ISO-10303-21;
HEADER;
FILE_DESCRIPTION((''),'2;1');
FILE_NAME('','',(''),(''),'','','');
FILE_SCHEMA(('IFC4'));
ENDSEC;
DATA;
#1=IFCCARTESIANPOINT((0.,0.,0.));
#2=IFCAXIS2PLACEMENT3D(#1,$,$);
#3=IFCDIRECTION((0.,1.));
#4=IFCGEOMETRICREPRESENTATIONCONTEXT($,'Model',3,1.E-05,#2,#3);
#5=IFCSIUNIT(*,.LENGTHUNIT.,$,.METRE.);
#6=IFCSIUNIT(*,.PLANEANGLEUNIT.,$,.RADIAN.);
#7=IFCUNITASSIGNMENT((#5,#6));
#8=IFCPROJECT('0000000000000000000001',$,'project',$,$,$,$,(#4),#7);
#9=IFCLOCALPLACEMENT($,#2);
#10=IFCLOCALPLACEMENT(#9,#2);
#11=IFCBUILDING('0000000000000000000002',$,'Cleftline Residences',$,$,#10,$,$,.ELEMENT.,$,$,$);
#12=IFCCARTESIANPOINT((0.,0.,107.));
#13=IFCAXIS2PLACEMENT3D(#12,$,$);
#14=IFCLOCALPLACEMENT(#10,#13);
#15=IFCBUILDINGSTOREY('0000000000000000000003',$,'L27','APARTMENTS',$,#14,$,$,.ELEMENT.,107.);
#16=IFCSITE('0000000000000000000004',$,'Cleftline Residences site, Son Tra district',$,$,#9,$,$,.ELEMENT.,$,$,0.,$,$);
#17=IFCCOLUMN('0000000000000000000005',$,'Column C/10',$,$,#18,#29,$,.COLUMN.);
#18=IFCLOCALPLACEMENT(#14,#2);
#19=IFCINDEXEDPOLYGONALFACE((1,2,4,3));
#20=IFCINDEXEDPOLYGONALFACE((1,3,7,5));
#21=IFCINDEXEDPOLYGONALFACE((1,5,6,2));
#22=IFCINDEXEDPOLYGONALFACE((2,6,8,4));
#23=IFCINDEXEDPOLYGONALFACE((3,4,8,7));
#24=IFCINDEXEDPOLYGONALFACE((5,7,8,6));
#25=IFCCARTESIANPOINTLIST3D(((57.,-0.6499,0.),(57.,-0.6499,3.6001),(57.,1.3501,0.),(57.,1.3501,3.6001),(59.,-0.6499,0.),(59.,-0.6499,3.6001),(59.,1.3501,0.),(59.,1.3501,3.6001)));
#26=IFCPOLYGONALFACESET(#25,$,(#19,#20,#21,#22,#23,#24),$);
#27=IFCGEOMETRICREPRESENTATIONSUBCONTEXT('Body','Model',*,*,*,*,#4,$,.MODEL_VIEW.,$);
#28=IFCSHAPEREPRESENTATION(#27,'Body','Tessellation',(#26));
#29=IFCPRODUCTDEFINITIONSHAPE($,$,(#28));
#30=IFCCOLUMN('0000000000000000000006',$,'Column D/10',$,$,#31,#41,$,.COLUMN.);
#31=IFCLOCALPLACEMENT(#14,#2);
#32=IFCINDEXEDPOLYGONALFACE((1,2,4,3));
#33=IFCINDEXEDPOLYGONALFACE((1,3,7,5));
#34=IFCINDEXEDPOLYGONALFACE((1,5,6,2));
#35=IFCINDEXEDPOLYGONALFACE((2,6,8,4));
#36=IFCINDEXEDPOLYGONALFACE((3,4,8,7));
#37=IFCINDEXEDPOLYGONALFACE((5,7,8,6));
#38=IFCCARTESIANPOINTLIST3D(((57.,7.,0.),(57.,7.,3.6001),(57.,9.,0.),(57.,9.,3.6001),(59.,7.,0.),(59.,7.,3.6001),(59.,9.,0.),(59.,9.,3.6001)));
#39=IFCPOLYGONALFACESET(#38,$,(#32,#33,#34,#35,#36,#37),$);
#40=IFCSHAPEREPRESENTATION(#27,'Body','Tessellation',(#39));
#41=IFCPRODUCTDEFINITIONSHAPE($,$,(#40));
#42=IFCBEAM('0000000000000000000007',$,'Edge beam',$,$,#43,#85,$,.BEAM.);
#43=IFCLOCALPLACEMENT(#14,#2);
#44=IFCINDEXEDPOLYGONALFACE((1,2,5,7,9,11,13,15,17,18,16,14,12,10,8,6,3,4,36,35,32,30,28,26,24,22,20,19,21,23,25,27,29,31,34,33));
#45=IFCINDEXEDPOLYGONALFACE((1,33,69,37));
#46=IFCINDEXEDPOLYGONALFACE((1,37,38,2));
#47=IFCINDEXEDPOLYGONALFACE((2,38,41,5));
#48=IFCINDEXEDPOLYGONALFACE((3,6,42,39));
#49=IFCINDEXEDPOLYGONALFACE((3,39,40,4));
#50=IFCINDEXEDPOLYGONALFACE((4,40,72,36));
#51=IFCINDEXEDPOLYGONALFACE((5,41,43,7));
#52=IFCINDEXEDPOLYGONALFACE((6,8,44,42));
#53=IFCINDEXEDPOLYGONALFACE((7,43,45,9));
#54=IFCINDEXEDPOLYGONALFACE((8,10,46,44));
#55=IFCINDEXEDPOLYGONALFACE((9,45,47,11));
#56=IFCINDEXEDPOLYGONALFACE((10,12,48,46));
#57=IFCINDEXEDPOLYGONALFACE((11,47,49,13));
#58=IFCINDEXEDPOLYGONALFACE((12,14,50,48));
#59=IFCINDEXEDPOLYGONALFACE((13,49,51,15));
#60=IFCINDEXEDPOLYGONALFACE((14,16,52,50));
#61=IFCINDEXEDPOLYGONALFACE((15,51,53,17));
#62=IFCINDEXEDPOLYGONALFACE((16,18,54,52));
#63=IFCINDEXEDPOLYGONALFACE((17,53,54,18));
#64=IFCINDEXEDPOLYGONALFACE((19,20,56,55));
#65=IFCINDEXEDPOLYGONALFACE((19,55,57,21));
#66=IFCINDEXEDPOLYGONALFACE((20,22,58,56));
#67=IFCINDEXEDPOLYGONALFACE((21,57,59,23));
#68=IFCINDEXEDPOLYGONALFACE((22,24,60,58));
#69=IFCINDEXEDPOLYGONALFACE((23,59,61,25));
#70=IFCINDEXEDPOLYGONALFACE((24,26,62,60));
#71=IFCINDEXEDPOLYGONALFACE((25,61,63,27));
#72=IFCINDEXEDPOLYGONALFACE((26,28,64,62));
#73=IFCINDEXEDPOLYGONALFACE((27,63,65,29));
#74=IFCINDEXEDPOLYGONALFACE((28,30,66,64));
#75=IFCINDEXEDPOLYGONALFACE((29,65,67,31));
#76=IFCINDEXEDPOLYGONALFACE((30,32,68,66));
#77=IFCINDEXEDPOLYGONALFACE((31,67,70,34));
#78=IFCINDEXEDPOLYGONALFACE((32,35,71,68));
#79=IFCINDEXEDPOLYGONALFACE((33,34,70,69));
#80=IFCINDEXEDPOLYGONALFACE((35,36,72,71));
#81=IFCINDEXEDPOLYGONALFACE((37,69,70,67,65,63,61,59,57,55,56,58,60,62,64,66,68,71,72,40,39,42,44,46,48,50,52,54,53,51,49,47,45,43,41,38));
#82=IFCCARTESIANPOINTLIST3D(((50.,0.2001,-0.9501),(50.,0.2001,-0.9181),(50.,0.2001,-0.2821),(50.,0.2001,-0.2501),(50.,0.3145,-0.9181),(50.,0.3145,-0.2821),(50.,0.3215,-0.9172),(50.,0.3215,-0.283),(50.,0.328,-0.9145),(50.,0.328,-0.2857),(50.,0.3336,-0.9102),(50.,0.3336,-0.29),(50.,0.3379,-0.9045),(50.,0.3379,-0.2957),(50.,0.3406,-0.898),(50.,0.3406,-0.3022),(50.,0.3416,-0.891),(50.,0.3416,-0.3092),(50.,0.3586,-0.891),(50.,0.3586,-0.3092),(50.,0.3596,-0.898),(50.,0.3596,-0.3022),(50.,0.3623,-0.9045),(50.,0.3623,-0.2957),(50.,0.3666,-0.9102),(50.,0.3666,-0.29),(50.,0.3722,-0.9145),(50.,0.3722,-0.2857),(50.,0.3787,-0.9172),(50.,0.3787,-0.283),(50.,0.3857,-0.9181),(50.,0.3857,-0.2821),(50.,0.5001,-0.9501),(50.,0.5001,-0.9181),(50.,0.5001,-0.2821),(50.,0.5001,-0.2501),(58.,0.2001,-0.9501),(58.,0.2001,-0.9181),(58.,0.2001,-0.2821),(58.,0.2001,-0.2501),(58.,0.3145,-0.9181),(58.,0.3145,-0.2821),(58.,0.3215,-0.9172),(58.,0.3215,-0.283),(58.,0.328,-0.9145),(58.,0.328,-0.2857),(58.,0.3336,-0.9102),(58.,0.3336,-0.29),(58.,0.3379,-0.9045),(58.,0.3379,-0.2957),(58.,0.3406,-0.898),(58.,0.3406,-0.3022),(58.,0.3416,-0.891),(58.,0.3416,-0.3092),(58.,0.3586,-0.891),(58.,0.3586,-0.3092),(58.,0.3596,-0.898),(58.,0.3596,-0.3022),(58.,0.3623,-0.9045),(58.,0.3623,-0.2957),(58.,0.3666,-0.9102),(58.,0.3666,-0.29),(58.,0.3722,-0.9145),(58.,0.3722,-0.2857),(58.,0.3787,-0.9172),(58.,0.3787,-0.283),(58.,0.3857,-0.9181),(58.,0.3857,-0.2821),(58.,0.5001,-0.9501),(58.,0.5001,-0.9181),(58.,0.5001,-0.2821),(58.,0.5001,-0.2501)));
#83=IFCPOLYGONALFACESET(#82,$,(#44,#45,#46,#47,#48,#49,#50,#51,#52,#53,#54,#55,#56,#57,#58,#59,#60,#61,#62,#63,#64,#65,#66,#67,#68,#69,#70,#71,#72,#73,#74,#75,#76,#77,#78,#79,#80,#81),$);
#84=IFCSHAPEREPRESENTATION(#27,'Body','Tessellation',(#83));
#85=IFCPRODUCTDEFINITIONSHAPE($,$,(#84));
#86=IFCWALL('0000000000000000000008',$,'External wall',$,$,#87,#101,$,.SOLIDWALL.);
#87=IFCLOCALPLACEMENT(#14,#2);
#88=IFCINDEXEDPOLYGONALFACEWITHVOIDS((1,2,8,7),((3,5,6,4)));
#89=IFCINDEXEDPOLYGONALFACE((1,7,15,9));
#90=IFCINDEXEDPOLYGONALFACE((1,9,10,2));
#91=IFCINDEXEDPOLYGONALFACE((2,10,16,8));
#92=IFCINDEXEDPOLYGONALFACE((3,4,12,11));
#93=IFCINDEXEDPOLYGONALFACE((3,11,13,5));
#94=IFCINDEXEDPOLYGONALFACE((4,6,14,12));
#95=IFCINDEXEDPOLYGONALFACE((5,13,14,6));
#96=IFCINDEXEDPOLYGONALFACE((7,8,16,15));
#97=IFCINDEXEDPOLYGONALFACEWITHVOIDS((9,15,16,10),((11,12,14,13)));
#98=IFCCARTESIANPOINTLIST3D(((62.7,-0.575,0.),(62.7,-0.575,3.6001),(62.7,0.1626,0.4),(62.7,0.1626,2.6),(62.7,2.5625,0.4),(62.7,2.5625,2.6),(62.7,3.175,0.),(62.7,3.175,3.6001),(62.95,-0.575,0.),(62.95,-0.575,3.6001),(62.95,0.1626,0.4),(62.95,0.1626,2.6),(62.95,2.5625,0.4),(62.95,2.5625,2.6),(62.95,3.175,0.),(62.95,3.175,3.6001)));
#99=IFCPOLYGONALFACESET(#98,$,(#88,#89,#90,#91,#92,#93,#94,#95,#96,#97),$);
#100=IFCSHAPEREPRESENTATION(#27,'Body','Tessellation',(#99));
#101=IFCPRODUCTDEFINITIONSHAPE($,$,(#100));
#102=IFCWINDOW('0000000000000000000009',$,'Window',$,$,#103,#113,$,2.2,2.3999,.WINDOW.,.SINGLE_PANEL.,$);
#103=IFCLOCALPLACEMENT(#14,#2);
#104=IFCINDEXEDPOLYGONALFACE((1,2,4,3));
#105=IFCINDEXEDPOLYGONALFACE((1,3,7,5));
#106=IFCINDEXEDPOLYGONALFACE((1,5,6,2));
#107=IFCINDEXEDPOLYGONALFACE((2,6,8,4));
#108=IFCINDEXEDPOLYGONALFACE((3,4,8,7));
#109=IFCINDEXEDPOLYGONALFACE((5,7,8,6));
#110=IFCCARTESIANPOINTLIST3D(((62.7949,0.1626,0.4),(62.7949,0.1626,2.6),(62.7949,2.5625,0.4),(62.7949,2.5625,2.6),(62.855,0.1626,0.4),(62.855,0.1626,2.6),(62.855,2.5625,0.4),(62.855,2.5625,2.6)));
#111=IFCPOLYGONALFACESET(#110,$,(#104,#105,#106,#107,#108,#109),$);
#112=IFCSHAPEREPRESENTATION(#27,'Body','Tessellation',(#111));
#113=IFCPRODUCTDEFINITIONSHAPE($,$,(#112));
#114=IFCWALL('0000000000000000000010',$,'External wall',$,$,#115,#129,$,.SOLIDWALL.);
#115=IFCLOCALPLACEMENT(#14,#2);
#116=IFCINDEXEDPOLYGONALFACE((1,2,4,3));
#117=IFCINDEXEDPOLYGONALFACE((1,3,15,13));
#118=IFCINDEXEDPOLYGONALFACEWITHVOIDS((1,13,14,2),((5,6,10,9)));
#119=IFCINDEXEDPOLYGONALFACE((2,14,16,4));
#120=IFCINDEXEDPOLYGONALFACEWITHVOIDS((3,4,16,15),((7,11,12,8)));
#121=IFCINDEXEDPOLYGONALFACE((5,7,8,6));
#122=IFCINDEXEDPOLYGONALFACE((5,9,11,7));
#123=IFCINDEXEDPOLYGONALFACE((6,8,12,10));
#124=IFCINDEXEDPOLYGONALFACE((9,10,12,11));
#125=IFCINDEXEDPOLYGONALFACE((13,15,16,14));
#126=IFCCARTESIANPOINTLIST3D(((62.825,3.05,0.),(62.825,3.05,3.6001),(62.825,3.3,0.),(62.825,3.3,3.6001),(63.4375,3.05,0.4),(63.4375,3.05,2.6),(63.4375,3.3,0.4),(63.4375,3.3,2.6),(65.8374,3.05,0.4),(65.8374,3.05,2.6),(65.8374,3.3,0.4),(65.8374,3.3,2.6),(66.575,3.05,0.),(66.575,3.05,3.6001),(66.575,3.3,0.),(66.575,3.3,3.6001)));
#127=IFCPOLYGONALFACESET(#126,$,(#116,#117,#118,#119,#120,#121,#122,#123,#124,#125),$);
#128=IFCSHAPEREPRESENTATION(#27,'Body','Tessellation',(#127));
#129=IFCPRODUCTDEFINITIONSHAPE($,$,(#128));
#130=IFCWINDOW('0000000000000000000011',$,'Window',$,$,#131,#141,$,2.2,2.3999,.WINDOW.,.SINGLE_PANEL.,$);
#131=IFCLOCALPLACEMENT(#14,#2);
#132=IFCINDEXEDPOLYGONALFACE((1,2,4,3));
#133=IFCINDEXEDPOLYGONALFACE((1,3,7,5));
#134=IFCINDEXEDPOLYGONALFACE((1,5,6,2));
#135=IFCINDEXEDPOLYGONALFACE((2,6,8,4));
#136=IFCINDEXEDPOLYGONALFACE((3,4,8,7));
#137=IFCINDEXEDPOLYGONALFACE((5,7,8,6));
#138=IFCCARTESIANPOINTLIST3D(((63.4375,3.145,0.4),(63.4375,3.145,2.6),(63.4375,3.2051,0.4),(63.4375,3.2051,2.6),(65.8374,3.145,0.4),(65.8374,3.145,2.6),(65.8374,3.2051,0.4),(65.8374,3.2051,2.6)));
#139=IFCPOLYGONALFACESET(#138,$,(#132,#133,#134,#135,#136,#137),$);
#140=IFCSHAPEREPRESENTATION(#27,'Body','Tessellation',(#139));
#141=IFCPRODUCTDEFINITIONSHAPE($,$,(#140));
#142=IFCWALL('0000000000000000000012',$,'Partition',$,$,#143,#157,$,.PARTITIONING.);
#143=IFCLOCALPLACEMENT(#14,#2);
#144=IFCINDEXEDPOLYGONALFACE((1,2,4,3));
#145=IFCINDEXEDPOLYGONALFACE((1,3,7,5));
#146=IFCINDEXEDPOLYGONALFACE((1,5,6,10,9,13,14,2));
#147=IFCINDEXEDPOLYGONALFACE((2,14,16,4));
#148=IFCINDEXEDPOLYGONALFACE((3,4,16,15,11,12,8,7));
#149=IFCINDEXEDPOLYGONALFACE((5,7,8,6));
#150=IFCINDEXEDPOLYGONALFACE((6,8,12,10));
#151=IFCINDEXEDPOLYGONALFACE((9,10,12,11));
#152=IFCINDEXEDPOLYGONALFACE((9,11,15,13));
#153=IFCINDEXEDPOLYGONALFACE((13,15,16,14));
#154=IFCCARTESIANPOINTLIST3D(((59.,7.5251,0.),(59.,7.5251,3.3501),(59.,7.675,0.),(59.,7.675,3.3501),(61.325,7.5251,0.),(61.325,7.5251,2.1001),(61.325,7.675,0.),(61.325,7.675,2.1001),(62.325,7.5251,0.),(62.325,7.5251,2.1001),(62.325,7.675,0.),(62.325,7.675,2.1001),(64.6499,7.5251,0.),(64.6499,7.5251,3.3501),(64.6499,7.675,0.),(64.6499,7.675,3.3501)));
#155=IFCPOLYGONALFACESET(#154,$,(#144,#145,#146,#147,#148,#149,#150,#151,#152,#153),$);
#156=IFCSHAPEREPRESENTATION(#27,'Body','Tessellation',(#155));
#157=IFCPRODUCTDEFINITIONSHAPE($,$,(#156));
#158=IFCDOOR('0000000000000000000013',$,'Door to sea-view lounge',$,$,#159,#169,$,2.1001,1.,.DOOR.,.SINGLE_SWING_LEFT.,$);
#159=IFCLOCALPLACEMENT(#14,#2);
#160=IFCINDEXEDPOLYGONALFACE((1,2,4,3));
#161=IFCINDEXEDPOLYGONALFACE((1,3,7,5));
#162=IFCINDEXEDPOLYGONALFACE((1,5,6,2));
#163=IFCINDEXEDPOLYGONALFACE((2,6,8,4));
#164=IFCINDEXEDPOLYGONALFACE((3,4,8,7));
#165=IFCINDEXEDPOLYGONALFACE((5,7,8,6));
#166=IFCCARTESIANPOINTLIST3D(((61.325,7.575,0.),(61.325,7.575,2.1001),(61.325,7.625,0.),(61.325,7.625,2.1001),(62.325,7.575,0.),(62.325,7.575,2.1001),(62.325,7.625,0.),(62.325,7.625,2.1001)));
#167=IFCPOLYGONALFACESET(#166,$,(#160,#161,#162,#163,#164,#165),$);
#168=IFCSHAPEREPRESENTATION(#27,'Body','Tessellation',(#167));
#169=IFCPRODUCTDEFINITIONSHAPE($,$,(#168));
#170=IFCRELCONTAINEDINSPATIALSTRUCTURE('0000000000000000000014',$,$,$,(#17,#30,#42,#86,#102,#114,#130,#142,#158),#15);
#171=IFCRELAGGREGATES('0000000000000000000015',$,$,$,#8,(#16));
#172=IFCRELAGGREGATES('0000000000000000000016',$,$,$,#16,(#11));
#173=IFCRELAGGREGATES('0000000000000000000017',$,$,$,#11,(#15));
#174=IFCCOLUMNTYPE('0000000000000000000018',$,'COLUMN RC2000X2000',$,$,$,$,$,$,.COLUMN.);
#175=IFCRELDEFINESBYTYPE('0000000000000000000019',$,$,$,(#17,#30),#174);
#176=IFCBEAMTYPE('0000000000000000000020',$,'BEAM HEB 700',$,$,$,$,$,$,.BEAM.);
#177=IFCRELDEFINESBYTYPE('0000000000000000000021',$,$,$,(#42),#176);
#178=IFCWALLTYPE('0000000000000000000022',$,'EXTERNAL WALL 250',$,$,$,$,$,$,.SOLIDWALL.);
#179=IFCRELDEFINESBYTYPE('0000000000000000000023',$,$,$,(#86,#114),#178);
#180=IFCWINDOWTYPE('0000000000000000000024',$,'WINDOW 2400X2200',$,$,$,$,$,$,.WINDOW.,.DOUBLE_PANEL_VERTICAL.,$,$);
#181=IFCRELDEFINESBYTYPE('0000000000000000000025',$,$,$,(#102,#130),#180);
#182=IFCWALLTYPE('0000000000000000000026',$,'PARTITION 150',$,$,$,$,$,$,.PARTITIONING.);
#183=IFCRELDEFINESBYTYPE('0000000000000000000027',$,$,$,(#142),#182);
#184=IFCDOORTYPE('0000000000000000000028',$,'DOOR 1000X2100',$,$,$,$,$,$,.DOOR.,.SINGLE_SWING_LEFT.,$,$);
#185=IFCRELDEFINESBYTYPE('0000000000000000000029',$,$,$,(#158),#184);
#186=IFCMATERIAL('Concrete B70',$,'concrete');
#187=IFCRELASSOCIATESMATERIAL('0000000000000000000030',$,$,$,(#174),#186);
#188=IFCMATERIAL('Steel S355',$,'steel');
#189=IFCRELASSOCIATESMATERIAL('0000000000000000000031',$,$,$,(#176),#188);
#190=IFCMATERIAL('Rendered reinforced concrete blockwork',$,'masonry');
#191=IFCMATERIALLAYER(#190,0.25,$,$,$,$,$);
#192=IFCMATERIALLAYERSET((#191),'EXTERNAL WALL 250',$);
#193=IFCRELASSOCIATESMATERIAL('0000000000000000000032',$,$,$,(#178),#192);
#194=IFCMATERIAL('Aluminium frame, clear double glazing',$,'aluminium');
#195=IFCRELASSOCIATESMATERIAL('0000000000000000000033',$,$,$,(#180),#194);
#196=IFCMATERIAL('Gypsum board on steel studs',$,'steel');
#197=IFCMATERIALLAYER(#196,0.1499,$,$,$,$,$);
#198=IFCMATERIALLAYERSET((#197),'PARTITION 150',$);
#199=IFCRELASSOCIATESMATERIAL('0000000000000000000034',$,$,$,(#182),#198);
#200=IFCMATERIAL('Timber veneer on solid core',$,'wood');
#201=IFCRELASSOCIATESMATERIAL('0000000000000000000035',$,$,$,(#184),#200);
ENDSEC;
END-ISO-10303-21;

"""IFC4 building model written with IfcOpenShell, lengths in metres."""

from ifc_helpers import new_model, si_unit, direction, frame, frame_2d, origin, origin_2d, place, context, subcontext, project, spatial, rectangle, i_section, extrude, material, layer, layer_set, material_profile, profile_set, type_object, element, fill, save


model = new_model("IFC4")

# Units and contexts
model_context = context("Model", 3, precision=1e-05, world=origin(), true_north=direction((0.0, 1.0)))
body_context = subcontext(model_context, "Body", "Model", "MODEL_VIEW")
ifc_project = project(units=[si_unit("LENGTHUNIT", "METRE"), si_unit("PLANEANGLEUNIT", "RADIAN")], contexts=[model_context])

# Site, building, storey
site_placement = place(None, origin())
site = spatial("IfcSite", under=ifc_project, at=site_placement, Name="Cleftline Residences site, Son Tra district", CompositionType="ELEMENT", RefElevation=0.0)
building_placement = place(site_placement, origin())
building = spatial("IfcBuilding", under=site, at=building_placement, Name="Cleftline Residences", CompositionType="ELEMENT")
storey_placement = place(building_placement, frame((0.0, 0.0, 107.0)))
storey = spatial("IfcBuildingStorey", under=building, at=storey_placement, Name="L27", Description="APARTMENTS", CompositionType="ELEMENT", Elevation=107.0)

# Columns
ifc_material_1 = material(Name="Concrete B70", Category="concrete")
ifc_material_profile_1 = material_profile(ifc_material_1, rectangle(XDim=2.0, YDim=2.0, at=origin_2d()))
ifc_profile_set_1 = profile_set([ifc_material_profile_1], Name="Concrete B70")
column_type = type_object("IfcColumnType", Name="COLUMN RC2000X2000", PredefinedType="COLUMN", material=ifc_profile_set_1)
for number, where, z_axis, x_axis, name in (
    (1, (58.0, 0.3501, 0.0), (0.0, 0.0, 1.0), (1.0, 0.0, 0.0), "Column C/10"),
    (2, (58.0, 8.0, 0.0), (0.0, 0.0, 1.0), (1.0, 0.0, 0.0), "Column D/10"),
):
    element("IfcColumn", number, at=place(storey_placement, frame(where, z_axis=z_axis, x_axis=x_axis)), inside=storey, type_object=column_type, Name=name, PredefinedType="COLUMN", context=body_context, shape_type="SweptSolid", body=[
        extrude(rectangle(XDim=2.0, YDim=2.0, at=origin_2d()), origin(), (0.0, 0.0, 1.0), 3.6001),
    ])

# Beam
ifc_material_2 = material(Name="Steel S355", Category="steel")
ifc_material_profile_2 = material_profile(ifc_material_2, i_section(OverallWidth=0.3, OverallDepth=0.7, WebThickness=0.0171, FlangeThickness=0.032, FilletRadius=0.0271, at=origin_2d()))
ifc_profile_set_2 = profile_set([ifc_material_profile_2], Name="Steel S355")
beam_type = type_object("IfcBeamType", Name="BEAM HEB 700", PredefinedType="BEAM", material=ifc_profile_set_2)
beam_placement = place(storey_placement, frame((58.0, 0.3501, -0.6001), z_axis=(-1.0, 0.0, 0.0), x_axis=(0.0, -1.0, 0.0)))
element("IfcBeam", 3, at=beam_placement, inside=storey, type_object=beam_type, Name="Edge beam", PredefinedType="BEAM", context=body_context, shape_type="SweptSolid", body=[
    extrude(i_section(OverallWidth=0.3, OverallDepth=0.7, WebThickness=0.0171, FlangeThickness=0.032, FilletRadius=0.0271, at=origin_2d()), origin(), (0.0, 0.0, 1.0), 8.0),
])

# Walls, openings, windows
ifc_material_3 = material(Name="Rendered reinforced concrete blockwork", Category="masonry")
ifc_layer_1 = layer(ifc_material_3, 0.25)
ifc_layer_set_1 = layer_set([ifc_layer_1], Name="EXTERNAL WALL 250")
wall_type_1 = type_object("IfcWallType", Name="EXTERNAL WALL 250", PredefinedType="SOLIDWALL", material=ifc_layer_set_1)
wall_1_placement = place(storey_placement, frame((62.825, -0.575, 0.0), z_axis=(0.0, 0.0, 1.0), x_axis=(0.0, 1.0, 0.0)))
wall_1 = element("IfcWall", 4, at=wall_1_placement, inside=storey, type_object=wall_type_1, Name="External wall", PredefinedType="SOLIDWALL", context=body_context, shape_type="SweptSolid", body=[
    extrude(rectangle(XDim=3.75, YDim=0.25, at=frame_2d((1.875, 0.0))), origin(), (0.0, 0.0, 1.0), 3.6001),
])
opening_1_placement = place(wall_1_placement, frame((0.7375, 0.0, 0.3999)))
opening_1 = element("IfcOpeningElement", 5, at=opening_1_placement, cuts=wall_1, PredefinedType="OPENING", context=body_context, shape_type="SweptSolid", body=[
    extrude(rectangle(XDim=2.3999, YDim=2.2, at=frame_2d((1.2, 1.1001))), frame((0.0, 0.135, 0.0), z_axis=(0.0, -1.0, 0.0), x_axis=(1.0, 0.0, 0.0)), (0.0, 0.0, 1.0), 0.27),
])
ifc_material_4 = material(Name="Aluminium frame, clear double glazing", Category="aluminium")
window_type = type_object("IfcWindowType", Name="WINDOW 2400X2200", PartitioningType="DOUBLE_PANEL_VERTICAL", PredefinedType="WINDOW", material=ifc_material_4)
window_1_placement = place(opening_1_placement, origin())
window_1 = element("IfcWindow", 6, at=window_1_placement, inside=storey, type_object=window_type, Name="Window", OverallHeight=2.2, OverallWidth=2.3999, PartitioningType="SINGLE_PANEL", PredefinedType="WINDOW", context=body_context, shape_type="SweptSolid", body=[
    extrude(rectangle(XDim=2.3999, YDim=2.2, at=frame_2d((1.2, 1.1001))), frame((0.0, 0.03, 0.0), z_axis=(0.0, -1.0, 0.0), x_axis=(1.0, 0.0, 0.0)), (0.0, 0.0, 1.0), 0.0601),
])
fill(opening_1, window_1)
wall_2_placement = place(storey_placement, frame((62.825, 3.175, 0.0), z_axis=(0.0, 0.0, 1.0), x_axis=(1.0, 0.0, 0.0)))
wall_2 = element("IfcWall", 7, at=wall_2_placement, inside=storey, type_object=wall_type_1, Name="External wall", PredefinedType="SOLIDWALL", context=body_context, shape_type="SweptSolid", body=[
    extrude(rectangle(XDim=3.75, YDim=0.25, at=frame_2d((1.875, 0.0))), origin(), (0.0, 0.0, 1.0), 3.6001),
])
opening_2_placement = place(wall_2_placement, frame((0.6125, 0.0, 0.3999)))
opening_2 = element("IfcOpeningElement", 8, at=opening_2_placement, cuts=wall_2, PredefinedType="OPENING", context=body_context, shape_type="SweptSolid", body=[
    extrude(rectangle(XDim=2.3999, YDim=2.2, at=frame_2d((1.2, 1.1001))), frame((0.0, 0.135, 0.0), z_axis=(0.0, -1.0, 0.0), x_axis=(1.0, 0.0, 0.0)), (0.0, 0.0, 1.0), 0.27),
])
window_2_placement = place(opening_2_placement, origin())
window_2 = element("IfcWindow", 9, at=window_2_placement, inside=storey, type_object=window_type, Name="Window", OverallHeight=2.2, OverallWidth=2.3999, PartitioningType="SINGLE_PANEL", PredefinedType="WINDOW", context=body_context, shape_type="SweptSolid", body=[
    extrude(rectangle(XDim=2.3999, YDim=2.2, at=frame_2d((1.2, 1.1001))), frame((0.0, 0.03, 0.0), z_axis=(0.0, -1.0, 0.0), x_axis=(1.0, 0.0, 0.0)), (0.0, 0.0, 1.0), 0.0601),
])
fill(opening_2, window_2)

# Wall, opening, door
ifc_material_5 = material(Name="Gypsum board on steel studs", Category="steel")
ifc_layer_2 = layer(ifc_material_5, 0.1499)
ifc_layer_set_2 = layer_set([ifc_layer_2], Name="PARTITION 150")
wall_type_2 = type_object("IfcWallType", Name="PARTITION 150", PredefinedType="PARTITIONING", material=ifc_layer_set_2)
wall_3_placement = place(storey_placement, frame((59.0, 7.6001, 0.0), z_axis=(0.0, 0.0, 1.0), x_axis=(1.0, 0.0, 0.0)))
wall_3 = element("IfcWall", 10, at=wall_3_placement, inside=storey, type_object=wall_type_2, Name="Partition", PredefinedType="PARTITIONING", context=body_context, shape_type="SweptSolid", body=[
    extrude(rectangle(XDim=5.6499, YDim=0.1499, at=frame_2d((2.825, 0.0))), origin(), (0.0, 0.0, 1.0), 3.3501),
])
opening_3_placement = place(wall_3_placement, frame((2.325, 0.0, 0.0)))
opening_3 = element("IfcOpeningElement", 11, at=opening_3_placement, cuts=wall_3, PredefinedType="OPENING", context=body_context, shape_type="SweptSolid", body=[
    extrude(rectangle(XDim=1.0, YDim=2.1001, at=frame_2d((0.5, 1.05))), frame((0.0, 0.085, 0.0), z_axis=(0.0, -1.0, 0.0), x_axis=(1.0, 0.0, 0.0)), (0.0, 0.0, 1.0), 0.1699),
])
ifc_material_6 = material(Name="Timber veneer on solid core", Category="wood")
door_type_1 = type_object("IfcDoorType", Name="DOOR 1000X2100", OperationType="SINGLE_SWING_LEFT", PredefinedType="DOOR", material=ifc_material_6)
door_1_placement = place(opening_3_placement, origin())
door_1 = element("IfcDoor", 12, at=door_1_placement, inside=storey, type_object=door_type_1, Name="Door to sea-view lounge", OperationType="SINGLE_SWING_LEFT", OverallHeight=2.1001, OverallWidth=1.0, PredefinedType="DOOR", context=body_context, shape_type="SweptSolid", body=[
    extrude(rectangle(XDim=1.0, YDim=2.1001, at=frame_2d((0.5, 1.05))), frame((0.0, 0.0249, 0.0), z_axis=(0.0, -1.0, 0.0), x_axis=(1.0, 0.0, 0.0)), (0.0, 0.0, 1.0), 0.05),
])
fill(opening_3, door_1)

save(model, "model.ifc")
